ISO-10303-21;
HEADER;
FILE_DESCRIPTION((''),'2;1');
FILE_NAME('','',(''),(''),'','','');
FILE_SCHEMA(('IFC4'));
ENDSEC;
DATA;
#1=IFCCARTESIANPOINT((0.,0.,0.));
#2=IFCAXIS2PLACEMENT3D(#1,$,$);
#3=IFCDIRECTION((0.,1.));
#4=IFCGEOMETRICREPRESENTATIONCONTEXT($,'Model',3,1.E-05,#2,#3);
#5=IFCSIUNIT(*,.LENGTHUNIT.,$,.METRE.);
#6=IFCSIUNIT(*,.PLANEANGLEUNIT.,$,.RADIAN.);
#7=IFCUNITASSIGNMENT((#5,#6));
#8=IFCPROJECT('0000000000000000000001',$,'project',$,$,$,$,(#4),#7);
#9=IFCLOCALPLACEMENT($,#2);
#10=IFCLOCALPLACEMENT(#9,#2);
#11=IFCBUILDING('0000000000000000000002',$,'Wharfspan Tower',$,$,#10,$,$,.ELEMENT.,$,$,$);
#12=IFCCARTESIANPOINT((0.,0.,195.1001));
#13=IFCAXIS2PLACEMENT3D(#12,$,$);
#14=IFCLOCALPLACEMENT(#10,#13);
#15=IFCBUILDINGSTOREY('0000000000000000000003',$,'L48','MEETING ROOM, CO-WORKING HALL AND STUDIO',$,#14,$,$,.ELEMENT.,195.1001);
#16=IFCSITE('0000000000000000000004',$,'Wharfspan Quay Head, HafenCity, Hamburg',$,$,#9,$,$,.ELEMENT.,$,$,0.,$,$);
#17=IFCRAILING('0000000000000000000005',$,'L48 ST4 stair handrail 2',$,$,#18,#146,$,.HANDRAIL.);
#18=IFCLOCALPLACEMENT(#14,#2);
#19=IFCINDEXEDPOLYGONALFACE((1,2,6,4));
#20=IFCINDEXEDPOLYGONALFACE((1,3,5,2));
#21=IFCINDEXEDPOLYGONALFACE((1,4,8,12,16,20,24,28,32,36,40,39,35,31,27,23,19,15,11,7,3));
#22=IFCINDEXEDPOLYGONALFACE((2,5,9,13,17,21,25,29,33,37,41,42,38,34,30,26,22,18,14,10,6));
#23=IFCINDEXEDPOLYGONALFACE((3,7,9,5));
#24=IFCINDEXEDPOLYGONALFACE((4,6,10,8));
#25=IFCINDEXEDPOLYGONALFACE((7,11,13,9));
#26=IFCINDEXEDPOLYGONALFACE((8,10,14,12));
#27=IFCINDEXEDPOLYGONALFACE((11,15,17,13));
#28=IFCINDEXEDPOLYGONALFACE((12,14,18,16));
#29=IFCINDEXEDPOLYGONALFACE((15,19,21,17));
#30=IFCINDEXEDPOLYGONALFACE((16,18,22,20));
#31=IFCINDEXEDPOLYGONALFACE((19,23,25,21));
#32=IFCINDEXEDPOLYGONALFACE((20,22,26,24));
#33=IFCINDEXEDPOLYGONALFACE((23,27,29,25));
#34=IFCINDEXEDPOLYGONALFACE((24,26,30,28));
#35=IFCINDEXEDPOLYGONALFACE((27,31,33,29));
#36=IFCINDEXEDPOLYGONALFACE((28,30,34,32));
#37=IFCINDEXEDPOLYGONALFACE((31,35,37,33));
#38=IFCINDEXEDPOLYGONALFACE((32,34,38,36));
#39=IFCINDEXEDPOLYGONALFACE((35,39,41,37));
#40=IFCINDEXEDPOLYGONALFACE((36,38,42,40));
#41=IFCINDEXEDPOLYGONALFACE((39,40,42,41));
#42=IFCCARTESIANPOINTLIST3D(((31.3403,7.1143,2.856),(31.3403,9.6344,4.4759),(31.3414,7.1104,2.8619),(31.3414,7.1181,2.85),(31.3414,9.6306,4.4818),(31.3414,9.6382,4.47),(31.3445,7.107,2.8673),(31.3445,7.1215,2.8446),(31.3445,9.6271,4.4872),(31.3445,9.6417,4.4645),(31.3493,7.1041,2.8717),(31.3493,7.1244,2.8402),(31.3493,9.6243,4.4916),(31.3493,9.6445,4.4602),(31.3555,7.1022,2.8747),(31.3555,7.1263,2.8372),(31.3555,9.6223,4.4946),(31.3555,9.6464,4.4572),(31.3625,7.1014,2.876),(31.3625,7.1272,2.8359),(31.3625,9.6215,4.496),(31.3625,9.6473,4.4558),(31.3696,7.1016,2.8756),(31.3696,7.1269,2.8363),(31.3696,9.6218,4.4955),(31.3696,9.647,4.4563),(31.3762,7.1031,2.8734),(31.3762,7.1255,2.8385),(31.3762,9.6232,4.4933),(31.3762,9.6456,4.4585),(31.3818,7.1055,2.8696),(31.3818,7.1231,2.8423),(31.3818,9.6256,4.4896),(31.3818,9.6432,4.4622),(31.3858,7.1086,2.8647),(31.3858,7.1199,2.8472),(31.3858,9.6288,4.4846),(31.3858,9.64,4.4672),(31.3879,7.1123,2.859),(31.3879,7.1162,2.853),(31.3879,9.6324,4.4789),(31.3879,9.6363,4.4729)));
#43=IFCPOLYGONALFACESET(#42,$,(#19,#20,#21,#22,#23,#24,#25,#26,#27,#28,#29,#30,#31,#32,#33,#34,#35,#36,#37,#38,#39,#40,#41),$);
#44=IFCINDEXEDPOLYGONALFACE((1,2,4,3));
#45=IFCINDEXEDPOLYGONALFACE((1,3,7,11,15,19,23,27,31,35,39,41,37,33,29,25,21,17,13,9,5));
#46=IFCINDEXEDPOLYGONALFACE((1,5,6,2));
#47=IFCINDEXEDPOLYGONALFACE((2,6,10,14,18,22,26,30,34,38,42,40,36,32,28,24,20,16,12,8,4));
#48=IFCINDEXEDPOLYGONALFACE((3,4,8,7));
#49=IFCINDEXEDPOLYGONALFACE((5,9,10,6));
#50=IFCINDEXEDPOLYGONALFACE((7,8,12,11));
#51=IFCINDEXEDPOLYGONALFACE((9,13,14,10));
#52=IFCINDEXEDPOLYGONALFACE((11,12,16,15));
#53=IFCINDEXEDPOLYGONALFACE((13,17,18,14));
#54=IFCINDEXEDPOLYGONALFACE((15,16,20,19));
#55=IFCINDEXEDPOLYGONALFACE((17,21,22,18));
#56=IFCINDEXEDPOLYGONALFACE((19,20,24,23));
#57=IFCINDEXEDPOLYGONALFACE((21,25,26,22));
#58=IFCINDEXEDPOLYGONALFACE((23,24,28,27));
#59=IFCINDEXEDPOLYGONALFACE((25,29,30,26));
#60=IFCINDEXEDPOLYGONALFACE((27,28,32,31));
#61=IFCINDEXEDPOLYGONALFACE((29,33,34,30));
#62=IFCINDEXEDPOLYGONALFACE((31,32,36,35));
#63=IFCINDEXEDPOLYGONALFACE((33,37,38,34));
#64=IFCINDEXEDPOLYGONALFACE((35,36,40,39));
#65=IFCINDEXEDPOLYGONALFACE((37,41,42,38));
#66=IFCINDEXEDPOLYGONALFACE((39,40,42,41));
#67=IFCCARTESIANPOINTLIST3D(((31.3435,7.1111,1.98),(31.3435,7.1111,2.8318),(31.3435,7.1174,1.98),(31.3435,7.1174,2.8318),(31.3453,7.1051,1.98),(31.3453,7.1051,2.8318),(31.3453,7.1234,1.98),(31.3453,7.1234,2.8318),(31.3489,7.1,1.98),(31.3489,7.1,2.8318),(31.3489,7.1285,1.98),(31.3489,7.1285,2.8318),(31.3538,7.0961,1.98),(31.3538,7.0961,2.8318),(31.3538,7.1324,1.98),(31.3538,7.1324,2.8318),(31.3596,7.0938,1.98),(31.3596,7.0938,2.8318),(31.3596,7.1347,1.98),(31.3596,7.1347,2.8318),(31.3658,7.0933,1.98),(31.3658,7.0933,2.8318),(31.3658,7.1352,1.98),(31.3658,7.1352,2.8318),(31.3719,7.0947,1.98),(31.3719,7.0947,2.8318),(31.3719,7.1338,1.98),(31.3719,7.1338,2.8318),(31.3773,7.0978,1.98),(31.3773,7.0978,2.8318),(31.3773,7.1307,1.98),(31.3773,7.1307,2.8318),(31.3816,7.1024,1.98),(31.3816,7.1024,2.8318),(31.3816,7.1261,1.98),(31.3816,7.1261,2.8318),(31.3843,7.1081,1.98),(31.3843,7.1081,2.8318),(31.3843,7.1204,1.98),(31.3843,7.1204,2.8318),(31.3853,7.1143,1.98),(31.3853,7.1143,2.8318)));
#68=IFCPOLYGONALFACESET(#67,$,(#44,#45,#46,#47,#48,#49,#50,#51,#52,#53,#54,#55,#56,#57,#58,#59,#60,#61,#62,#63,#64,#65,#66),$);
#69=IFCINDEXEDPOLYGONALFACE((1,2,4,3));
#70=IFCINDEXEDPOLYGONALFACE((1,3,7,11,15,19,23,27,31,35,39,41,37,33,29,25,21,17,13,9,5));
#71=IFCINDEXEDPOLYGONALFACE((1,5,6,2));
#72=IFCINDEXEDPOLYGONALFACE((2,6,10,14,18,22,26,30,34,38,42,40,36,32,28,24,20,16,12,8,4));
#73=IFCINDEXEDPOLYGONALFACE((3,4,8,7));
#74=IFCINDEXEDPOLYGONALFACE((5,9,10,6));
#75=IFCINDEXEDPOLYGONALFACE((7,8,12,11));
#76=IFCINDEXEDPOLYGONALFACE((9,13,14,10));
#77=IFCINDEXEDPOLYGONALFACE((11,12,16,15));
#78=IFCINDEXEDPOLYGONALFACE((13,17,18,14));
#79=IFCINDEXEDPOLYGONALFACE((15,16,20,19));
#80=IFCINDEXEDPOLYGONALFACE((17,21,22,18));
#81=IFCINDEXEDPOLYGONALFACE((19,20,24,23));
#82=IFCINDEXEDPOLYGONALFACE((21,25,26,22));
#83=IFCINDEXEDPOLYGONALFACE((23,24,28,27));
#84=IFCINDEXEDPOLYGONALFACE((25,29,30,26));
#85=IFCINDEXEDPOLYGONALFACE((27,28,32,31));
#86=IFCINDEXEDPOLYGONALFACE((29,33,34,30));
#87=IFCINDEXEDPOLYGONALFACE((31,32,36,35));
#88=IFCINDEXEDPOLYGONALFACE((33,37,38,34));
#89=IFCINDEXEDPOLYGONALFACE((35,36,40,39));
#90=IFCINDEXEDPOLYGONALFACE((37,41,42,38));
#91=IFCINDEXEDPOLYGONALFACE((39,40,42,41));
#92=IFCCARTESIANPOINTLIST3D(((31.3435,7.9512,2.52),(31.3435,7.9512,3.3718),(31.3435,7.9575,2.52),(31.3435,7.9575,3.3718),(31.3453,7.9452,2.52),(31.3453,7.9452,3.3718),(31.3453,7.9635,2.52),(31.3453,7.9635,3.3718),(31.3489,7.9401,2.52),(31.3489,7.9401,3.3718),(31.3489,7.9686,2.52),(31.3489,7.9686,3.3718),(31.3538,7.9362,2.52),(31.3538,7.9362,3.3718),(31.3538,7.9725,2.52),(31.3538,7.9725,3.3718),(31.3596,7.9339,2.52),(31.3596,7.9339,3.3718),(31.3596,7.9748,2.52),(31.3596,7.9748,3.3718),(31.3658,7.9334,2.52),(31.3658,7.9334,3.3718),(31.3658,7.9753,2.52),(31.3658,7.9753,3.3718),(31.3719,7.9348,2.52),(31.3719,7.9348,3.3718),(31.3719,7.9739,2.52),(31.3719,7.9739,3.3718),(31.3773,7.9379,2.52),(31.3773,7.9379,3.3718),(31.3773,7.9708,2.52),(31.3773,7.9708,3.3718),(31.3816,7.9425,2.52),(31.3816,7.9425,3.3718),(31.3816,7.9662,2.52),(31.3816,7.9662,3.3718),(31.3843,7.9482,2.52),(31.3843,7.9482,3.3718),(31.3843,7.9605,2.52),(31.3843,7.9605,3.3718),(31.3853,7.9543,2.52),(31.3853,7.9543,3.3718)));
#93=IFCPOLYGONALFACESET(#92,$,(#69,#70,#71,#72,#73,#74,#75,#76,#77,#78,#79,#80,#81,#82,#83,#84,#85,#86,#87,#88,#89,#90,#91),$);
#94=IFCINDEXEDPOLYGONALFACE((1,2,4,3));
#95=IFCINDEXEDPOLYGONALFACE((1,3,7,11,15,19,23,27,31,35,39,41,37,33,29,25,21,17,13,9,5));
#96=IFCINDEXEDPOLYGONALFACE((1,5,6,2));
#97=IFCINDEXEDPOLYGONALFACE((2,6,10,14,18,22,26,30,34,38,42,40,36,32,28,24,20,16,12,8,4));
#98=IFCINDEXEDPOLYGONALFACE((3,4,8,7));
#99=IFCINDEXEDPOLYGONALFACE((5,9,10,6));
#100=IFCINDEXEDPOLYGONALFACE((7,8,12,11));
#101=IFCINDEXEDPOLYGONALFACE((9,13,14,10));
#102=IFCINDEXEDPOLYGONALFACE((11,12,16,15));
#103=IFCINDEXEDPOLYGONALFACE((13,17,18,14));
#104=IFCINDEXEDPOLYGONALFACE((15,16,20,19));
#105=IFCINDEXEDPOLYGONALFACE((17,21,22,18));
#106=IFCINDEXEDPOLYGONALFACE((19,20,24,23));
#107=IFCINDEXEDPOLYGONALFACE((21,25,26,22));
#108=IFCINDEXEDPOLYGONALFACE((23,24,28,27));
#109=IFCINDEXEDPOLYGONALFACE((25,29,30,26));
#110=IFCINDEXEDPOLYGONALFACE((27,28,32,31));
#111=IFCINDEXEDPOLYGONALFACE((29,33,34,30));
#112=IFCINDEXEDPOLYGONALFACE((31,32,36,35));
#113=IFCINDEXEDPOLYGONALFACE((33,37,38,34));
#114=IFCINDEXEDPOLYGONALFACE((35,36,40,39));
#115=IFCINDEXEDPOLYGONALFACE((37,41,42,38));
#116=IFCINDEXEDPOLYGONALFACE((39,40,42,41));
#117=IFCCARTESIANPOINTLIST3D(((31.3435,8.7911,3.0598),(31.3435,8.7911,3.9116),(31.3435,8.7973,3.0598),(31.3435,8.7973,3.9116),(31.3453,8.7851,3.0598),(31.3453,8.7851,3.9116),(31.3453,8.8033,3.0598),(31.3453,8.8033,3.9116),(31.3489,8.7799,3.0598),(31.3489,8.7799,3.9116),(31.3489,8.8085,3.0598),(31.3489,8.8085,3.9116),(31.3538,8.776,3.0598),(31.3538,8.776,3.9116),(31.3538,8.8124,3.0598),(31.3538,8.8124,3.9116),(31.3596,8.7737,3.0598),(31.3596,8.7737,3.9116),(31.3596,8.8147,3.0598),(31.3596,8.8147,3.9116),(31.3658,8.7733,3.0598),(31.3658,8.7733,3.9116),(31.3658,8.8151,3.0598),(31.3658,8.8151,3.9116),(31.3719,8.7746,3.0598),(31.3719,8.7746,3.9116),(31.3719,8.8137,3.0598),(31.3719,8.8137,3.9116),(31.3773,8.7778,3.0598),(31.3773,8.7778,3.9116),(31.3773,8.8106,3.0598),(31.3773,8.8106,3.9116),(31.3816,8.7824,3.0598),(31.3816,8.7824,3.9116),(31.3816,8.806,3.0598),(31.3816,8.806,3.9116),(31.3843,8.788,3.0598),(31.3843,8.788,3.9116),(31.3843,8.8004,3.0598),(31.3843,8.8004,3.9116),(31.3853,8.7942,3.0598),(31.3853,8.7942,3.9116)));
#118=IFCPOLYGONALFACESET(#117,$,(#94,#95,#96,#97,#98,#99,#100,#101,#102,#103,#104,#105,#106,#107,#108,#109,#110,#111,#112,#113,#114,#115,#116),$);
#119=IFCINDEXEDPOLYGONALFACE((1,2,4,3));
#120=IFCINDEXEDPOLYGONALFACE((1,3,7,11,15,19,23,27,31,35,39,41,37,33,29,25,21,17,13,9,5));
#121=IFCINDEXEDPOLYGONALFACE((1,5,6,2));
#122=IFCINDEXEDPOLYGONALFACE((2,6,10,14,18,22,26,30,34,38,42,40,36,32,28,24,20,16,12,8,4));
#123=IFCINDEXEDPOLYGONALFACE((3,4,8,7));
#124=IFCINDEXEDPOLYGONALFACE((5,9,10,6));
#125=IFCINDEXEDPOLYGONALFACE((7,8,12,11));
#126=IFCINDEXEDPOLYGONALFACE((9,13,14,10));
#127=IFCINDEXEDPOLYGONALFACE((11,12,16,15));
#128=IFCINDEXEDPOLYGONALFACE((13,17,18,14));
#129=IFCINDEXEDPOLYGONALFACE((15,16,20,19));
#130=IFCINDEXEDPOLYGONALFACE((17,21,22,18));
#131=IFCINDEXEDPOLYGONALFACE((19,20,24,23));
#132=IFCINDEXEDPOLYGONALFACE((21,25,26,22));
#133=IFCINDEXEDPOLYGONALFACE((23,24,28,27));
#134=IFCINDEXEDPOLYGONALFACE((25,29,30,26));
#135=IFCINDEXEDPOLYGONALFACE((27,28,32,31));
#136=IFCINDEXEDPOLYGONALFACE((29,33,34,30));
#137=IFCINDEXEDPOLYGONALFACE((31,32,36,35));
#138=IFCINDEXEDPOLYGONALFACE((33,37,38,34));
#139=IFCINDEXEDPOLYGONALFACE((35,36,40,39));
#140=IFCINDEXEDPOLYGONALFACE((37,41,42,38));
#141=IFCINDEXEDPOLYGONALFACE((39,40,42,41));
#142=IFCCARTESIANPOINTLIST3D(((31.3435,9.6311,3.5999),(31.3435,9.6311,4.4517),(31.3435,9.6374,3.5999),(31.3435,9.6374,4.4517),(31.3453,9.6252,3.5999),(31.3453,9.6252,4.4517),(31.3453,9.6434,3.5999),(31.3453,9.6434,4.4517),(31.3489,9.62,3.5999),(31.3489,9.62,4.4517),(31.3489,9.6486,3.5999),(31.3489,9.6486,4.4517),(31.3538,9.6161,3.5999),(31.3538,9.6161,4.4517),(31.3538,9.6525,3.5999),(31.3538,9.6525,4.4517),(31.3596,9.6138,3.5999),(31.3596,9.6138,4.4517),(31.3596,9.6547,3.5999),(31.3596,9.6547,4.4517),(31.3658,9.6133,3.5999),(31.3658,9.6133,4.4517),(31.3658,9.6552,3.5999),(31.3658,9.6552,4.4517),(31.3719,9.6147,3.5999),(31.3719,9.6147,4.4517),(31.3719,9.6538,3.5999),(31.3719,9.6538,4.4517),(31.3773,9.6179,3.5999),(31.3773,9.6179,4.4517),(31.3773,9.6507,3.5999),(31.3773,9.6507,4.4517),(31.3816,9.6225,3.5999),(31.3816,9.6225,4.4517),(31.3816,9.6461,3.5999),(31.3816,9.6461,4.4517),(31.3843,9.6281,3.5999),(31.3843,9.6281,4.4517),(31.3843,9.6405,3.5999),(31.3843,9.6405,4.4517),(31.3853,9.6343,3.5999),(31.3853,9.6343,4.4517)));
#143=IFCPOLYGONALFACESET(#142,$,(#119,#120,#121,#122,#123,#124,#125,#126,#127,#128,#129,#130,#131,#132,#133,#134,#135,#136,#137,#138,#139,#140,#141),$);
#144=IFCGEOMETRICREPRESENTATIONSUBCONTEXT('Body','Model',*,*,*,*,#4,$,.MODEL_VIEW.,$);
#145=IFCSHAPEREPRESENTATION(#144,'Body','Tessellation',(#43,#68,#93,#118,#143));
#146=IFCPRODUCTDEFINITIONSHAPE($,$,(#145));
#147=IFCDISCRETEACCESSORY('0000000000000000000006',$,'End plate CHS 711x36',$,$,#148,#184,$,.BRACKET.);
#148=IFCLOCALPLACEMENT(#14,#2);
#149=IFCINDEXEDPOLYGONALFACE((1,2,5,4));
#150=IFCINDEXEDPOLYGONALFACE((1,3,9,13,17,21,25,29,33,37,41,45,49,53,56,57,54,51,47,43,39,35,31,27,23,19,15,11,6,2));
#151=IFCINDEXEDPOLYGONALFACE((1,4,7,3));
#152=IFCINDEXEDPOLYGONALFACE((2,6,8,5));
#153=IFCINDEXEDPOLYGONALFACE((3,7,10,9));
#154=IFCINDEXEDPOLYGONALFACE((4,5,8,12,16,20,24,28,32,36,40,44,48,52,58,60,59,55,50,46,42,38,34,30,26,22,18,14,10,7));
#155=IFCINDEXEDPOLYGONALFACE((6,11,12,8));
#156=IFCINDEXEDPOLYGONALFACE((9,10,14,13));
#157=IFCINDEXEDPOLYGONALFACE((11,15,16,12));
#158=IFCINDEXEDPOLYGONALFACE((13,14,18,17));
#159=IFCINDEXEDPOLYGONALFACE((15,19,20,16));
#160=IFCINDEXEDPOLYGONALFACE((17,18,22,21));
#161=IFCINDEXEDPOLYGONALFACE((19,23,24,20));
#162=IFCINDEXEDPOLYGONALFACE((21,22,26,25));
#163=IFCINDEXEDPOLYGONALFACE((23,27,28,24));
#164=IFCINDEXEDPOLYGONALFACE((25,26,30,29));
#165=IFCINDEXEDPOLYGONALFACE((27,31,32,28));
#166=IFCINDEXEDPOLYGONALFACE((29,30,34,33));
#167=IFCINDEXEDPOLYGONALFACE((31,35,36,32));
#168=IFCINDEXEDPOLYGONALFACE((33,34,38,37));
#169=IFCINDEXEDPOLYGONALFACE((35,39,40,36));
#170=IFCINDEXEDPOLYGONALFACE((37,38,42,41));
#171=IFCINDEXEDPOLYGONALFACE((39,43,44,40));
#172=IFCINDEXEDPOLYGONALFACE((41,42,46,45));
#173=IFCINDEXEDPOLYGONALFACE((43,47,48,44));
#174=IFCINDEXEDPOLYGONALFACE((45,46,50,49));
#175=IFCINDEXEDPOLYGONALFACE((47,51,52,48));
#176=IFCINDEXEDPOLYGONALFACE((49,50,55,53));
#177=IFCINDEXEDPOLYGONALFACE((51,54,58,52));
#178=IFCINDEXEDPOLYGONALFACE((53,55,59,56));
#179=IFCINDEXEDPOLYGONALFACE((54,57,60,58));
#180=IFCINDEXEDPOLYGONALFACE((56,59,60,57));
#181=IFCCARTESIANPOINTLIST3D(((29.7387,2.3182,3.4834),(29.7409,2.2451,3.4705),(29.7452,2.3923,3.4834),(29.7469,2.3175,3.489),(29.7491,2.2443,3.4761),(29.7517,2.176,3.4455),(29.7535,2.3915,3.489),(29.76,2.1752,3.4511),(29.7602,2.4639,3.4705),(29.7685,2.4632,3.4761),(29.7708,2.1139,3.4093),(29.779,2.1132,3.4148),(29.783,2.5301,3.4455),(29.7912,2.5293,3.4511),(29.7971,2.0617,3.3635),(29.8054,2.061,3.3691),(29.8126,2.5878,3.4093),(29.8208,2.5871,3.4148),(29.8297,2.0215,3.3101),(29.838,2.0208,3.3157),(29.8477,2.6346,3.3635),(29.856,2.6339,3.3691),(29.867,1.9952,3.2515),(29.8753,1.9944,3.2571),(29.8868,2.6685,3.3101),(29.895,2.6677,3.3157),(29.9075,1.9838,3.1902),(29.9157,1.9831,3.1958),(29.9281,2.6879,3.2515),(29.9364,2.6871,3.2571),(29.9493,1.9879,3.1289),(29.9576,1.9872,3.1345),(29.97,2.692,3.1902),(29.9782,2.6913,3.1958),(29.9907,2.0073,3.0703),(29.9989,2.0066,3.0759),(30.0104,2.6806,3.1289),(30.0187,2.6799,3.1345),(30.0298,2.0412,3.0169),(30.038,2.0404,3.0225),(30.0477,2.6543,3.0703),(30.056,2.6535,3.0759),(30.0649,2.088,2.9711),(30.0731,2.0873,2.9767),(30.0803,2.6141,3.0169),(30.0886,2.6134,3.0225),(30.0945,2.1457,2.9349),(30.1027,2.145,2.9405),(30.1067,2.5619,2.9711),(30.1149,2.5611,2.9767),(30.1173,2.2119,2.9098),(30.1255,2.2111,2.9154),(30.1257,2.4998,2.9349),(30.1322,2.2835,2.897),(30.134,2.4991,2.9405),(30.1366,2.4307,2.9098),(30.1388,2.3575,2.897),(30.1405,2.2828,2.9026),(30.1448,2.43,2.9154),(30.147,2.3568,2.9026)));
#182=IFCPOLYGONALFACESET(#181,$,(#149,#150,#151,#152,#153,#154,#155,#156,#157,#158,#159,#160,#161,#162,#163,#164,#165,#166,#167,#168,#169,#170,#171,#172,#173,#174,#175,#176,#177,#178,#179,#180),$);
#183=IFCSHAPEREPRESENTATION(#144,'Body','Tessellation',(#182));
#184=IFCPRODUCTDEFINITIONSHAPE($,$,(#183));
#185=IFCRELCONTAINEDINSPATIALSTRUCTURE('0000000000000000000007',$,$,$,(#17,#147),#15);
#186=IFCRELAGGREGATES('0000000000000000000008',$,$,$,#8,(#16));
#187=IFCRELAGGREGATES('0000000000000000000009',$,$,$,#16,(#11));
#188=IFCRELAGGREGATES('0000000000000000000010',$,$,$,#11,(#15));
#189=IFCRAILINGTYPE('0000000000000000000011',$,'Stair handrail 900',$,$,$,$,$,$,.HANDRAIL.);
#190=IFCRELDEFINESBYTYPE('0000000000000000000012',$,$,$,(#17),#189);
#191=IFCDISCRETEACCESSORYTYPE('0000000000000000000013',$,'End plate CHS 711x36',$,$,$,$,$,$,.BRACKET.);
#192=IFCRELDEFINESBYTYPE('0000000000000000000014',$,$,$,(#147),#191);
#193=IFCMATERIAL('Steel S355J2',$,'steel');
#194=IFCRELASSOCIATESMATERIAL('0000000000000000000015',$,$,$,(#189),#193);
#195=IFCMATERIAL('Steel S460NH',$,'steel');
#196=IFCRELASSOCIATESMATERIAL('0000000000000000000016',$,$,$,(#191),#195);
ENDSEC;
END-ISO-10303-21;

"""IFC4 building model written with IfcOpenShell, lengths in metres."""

from ifc_helpers import new_model, si_unit, direction, frame, origin, origin_2d, place, context, subcontext, project, spatial, circle, extrude, material, material_profile, profile_set, type_object, element, save


model = new_model("IFC4")

# Units and contexts
model_context = context("Model", 3, precision=1e-05, world=origin(), true_north=direction((0.0, 1.0)))
body_context = subcontext(model_context, "Body", "Model", "MODEL_VIEW")
ifc_project = project(units=[si_unit("LENGTHUNIT", "METRE"), si_unit("PLANEANGLEUNIT", "RADIAN")], contexts=[model_context])

# Site, building, storey
site_placement = place(None, origin())
site = spatial("IfcSite", under=ifc_project, at=site_placement, Name="Wharfspan Quay Head, HafenCity, Hamburg", CompositionType="ELEMENT", RefElevation=0.0)
building_placement = place(site_placement, origin())
building = spatial("IfcBuilding", under=site, at=building_placement, Name="Wharfspan Tower", CompositionType="ELEMENT")
storey_placement = place(building_placement, frame((0.0, 0.0, 195.1001)))
storey = spatial("IfcBuildingStorey", under=building, at=storey_placement, Name="L48", Description="MEETING ROOM, CO-WORKING HALL AND STUDIO", CompositionType="ELEMENT", Elevation=195.1001)

# Shared definitions
ifc_material_1 = material(Name="Steel S355J2", Category="steel")

# Shared definitions
ifc_material_2 = material(Name="Steel S460NH", Category="steel")

# Railing
railing_type_1 = type_object("IfcRailingType", Name="Stair handrail 900", PredefinedType="HANDRAIL", material=ifc_material_1)
railing_1_placement = place(storey_placement, frame((31.3643, 7.1143, 1.98)))
element("IfcRailing", 1, at=railing_1_placement, inside=storey, type_object=railing_type_1, Name="L48 ST4 stair handrail 2", PredefinedType="HANDRAIL", context=body_context, shape_type="SweptSolid", body=[
    extrude(circle(Radius=0.0239, at=origin_2d()), frame((0.0, 0.0, 0.876), z_axis=(0.0, 0.8412, 0.540725), x_axis=(-1.0, 0.0, 0.0)), (0.0, 0.0, 1.0), 2.9958),
    extrude(circle(Radius=0.021, at=origin_2d()), origin(), (0.0, 0.0, 1.0), 0.8518),
    extrude(circle(Radius=0.021, at=origin_2d()), frame((0.0, 0.8401, 0.54)), (0.0, 0.0, 1.0), 0.8518),
    extrude(circle(Radius=0.021, at=origin_2d()), frame((0.0, 1.6799, 1.0798)), (0.0, 0.0, 1.0), 0.8518),
    extrude(circle(Radius=0.021, at=origin_2d()), frame((0.0, 2.52, 1.6199)), (0.0, 0.0, 1.0), 0.8518),
])

# Discrete accessory
ifc_material_profile_1 = material_profile(ifc_material_2, circle(Radius=0.3555, at=origin_2d()))
ifc_profile_set_1 = profile_set([ifc_material_profile_1], Name="Steel S460NH")
discrete_accessory_type = type_object("IfcDiscreteAccessoryType", Name="End plate CHS 711x36", PredefinedType="BRACKET", material=ifc_profile_set_1)
for number, where, z_axis, x_axis, name in (
    (2, (29.9387, 2.3379, 3.1902), (0.82608, -0.072889, 0.558819), (0.087894, 0.99613, -0.000001), "End plate CHS 711x36"),
):
    element("IfcDiscreteAccessory", number, at=place(storey_placement, frame(where, z_axis=z_axis, x_axis=x_axis)), inside=storey, type_object=discrete_accessory_type, Name=name, PredefinedType="BRACKET", context=body_context, shape_type="SweptSolid", body=[
        extrude(circle(Radius=0.3555, at=origin_2d()), origin(), (0.0, 0.0, 1.0), 0.01),
    ])

save(model, "model.ifc")
